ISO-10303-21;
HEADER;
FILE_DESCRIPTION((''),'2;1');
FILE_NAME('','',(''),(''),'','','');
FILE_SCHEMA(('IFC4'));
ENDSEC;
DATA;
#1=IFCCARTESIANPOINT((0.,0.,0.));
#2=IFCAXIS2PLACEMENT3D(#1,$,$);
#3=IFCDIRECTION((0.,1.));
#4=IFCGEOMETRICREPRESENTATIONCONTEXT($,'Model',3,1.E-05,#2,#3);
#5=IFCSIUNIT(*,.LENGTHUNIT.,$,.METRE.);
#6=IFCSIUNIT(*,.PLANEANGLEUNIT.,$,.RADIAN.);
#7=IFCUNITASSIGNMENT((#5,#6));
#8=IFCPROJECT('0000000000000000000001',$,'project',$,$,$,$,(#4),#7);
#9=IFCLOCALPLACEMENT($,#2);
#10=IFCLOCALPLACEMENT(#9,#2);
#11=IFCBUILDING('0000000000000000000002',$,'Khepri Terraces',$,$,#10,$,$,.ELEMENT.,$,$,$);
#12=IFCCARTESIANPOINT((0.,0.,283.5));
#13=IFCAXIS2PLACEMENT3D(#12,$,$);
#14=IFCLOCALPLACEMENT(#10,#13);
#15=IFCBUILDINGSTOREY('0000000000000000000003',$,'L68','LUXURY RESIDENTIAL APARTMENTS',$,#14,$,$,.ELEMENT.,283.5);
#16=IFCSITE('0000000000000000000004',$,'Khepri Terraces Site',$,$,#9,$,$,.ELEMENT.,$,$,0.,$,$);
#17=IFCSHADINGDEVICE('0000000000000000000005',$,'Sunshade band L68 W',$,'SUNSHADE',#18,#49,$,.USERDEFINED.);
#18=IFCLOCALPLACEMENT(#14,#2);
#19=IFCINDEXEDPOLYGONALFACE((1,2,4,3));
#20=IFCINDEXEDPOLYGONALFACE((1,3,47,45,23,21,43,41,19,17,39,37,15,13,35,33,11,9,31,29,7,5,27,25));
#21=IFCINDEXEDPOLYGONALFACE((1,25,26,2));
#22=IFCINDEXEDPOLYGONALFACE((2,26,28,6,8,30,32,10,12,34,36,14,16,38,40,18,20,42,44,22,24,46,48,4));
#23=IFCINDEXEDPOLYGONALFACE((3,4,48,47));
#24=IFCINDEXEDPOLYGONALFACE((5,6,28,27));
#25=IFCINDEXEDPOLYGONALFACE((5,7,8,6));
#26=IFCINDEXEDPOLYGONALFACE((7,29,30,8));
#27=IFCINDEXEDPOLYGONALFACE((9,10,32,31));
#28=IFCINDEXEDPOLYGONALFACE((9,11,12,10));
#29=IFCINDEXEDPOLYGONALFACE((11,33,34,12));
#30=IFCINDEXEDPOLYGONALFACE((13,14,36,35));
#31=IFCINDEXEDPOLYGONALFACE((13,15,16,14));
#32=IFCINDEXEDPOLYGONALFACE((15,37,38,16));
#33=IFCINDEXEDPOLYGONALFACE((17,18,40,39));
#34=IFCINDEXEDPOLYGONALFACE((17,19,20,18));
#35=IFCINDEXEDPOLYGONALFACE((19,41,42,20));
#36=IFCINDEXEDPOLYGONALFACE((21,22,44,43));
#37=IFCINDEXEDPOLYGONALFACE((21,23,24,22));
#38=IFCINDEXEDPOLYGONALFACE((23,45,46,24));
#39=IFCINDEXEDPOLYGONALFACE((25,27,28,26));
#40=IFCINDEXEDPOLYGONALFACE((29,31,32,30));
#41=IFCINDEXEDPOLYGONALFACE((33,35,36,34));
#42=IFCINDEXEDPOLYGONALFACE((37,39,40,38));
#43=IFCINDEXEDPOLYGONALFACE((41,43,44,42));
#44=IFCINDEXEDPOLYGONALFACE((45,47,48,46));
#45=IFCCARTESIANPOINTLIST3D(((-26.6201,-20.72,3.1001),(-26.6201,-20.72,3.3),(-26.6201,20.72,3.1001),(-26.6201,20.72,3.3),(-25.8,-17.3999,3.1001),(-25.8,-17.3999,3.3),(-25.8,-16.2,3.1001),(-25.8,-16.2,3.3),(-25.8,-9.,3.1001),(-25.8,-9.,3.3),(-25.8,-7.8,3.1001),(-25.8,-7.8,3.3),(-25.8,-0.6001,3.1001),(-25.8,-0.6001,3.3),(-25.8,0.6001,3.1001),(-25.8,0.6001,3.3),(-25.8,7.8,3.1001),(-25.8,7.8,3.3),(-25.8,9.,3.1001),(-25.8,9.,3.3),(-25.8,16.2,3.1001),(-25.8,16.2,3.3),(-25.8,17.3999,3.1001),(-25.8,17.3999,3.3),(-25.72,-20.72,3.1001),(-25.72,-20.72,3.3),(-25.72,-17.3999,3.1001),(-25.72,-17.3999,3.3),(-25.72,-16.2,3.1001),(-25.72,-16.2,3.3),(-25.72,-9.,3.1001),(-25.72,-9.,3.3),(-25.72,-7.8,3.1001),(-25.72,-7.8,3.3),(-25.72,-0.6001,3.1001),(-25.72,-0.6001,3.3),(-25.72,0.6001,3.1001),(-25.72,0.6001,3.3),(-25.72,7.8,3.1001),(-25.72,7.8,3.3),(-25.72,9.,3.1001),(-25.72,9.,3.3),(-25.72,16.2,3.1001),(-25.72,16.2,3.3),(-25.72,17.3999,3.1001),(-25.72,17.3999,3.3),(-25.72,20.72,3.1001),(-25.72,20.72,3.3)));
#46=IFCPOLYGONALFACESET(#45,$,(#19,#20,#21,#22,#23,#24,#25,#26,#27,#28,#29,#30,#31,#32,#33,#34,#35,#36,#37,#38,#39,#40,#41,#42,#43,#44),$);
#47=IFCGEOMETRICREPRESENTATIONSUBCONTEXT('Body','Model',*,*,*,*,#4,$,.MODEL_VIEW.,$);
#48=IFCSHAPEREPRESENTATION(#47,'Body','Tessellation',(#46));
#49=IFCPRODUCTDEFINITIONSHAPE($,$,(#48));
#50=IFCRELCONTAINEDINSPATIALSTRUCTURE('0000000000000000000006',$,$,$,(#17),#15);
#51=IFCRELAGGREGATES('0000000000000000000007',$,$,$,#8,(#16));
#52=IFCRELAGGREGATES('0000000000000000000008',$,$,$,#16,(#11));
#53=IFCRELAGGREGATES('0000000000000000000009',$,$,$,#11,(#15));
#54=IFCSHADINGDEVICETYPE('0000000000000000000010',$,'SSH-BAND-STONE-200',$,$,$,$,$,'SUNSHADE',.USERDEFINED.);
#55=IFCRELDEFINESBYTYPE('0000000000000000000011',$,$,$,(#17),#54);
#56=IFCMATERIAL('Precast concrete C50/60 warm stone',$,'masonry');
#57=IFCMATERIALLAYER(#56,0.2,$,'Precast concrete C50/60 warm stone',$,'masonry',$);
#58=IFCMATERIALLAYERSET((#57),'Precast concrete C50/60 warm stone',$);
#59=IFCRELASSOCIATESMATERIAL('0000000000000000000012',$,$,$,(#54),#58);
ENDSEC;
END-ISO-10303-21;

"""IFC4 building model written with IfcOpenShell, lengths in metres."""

from ifc_helpers import new_model, si_unit, direction, frame, origin, place, context, subcontext, project, spatial, polyline, outline, extrude, material, layer, layer_set, type_object, element, save


model = new_model("IFC4")

# Units and contexts
model_context = context("Model", 3, precision=1e-05, world=origin(), true_north=direction((0.0, 1.0)))
body_context = subcontext(model_context, "Body", "Model", "MODEL_VIEW")
ifc_project = project(units=[si_unit("LENGTHUNIT", "METRE"), si_unit("PLANEANGLEUNIT", "RADIAN")], contexts=[model_context])

# Site, building, storey
site_placement = place(None, origin())
site = spatial("IfcSite", under=ifc_project, at=site_placement, Name="Khepri Terraces Site", CompositionType="ELEMENT", RefElevation=0.0)
building_placement = place(site_placement, origin())
building = spatial("IfcBuilding", under=site, at=building_placement, Name="Khepri Terraces", CompositionType="ELEMENT")
storey_placement = place(building_placement, frame((0.0, 0.0, 283.5)))
storey = spatial("IfcBuildingStorey", under=building, at=storey_placement, Name="L68", Description="LUXURY RESIDENTIAL APARTMENTS", CompositionType="ELEMENT", Elevation=283.5)

# Shading device
ifc_material_1 = material(Name="Precast concrete C50/60 warm stone", Category="masonry")
ifc_layer_1 = layer(ifc_material_1, 0.2, Name="Precast concrete C50/60 warm stone", Category="masonry")
ifc_layer_set_1 = layer_set([ifc_layer_1], Name="Precast concrete C50/60 warm stone")
shading_device_type = type_object("IfcShadingDeviceType", Name="SSH-BAND-STONE-200", ElementType="SUNSHADE", PredefinedType="USERDEFINED", material=ifc_layer_set_1)
shading_device_placement = place(storey_placement, frame((0.0, 0.0, 3.1001)))
element("IfcShadingDevice", 1, at=shading_device_placement, inside=storey, type_object=shading_device_type, Name="Sunshade band L68 W", ObjectType="SUNSHADE", PredefinedType="USERDEFINED", context=body_context, shape_type="SweptSolid", body=[
    extrude(outline(polyline([(-25.72, 17.3999), (-25.72, 20.72), (-26.6201, 20.72), (-26.6201, -20.72), (-25.72, -20.72), (-25.72, -17.3999), (-25.8, -17.3999), (-25.8, -16.2), (-25.72, -16.2), (-25.72, -9.0), (-25.8, -9.0), (-25.8, -7.8), (-25.72, -7.8), (-25.72, -0.6001), (-25.8, -0.6001), (-25.8, 0.6001), (-25.72, 0.6001), (-25.72, 7.8), (-25.8, 7.8), (-25.8, 9.0), (-25.72, 9.0), (-25.72, 16.2), (-25.8, 16.2), (-25.8, 17.3999), (-25.72, 17.3999)])), origin(), (0.0, 0.0, 1.0), 0.2),
])

save(model, "model.ifc")
